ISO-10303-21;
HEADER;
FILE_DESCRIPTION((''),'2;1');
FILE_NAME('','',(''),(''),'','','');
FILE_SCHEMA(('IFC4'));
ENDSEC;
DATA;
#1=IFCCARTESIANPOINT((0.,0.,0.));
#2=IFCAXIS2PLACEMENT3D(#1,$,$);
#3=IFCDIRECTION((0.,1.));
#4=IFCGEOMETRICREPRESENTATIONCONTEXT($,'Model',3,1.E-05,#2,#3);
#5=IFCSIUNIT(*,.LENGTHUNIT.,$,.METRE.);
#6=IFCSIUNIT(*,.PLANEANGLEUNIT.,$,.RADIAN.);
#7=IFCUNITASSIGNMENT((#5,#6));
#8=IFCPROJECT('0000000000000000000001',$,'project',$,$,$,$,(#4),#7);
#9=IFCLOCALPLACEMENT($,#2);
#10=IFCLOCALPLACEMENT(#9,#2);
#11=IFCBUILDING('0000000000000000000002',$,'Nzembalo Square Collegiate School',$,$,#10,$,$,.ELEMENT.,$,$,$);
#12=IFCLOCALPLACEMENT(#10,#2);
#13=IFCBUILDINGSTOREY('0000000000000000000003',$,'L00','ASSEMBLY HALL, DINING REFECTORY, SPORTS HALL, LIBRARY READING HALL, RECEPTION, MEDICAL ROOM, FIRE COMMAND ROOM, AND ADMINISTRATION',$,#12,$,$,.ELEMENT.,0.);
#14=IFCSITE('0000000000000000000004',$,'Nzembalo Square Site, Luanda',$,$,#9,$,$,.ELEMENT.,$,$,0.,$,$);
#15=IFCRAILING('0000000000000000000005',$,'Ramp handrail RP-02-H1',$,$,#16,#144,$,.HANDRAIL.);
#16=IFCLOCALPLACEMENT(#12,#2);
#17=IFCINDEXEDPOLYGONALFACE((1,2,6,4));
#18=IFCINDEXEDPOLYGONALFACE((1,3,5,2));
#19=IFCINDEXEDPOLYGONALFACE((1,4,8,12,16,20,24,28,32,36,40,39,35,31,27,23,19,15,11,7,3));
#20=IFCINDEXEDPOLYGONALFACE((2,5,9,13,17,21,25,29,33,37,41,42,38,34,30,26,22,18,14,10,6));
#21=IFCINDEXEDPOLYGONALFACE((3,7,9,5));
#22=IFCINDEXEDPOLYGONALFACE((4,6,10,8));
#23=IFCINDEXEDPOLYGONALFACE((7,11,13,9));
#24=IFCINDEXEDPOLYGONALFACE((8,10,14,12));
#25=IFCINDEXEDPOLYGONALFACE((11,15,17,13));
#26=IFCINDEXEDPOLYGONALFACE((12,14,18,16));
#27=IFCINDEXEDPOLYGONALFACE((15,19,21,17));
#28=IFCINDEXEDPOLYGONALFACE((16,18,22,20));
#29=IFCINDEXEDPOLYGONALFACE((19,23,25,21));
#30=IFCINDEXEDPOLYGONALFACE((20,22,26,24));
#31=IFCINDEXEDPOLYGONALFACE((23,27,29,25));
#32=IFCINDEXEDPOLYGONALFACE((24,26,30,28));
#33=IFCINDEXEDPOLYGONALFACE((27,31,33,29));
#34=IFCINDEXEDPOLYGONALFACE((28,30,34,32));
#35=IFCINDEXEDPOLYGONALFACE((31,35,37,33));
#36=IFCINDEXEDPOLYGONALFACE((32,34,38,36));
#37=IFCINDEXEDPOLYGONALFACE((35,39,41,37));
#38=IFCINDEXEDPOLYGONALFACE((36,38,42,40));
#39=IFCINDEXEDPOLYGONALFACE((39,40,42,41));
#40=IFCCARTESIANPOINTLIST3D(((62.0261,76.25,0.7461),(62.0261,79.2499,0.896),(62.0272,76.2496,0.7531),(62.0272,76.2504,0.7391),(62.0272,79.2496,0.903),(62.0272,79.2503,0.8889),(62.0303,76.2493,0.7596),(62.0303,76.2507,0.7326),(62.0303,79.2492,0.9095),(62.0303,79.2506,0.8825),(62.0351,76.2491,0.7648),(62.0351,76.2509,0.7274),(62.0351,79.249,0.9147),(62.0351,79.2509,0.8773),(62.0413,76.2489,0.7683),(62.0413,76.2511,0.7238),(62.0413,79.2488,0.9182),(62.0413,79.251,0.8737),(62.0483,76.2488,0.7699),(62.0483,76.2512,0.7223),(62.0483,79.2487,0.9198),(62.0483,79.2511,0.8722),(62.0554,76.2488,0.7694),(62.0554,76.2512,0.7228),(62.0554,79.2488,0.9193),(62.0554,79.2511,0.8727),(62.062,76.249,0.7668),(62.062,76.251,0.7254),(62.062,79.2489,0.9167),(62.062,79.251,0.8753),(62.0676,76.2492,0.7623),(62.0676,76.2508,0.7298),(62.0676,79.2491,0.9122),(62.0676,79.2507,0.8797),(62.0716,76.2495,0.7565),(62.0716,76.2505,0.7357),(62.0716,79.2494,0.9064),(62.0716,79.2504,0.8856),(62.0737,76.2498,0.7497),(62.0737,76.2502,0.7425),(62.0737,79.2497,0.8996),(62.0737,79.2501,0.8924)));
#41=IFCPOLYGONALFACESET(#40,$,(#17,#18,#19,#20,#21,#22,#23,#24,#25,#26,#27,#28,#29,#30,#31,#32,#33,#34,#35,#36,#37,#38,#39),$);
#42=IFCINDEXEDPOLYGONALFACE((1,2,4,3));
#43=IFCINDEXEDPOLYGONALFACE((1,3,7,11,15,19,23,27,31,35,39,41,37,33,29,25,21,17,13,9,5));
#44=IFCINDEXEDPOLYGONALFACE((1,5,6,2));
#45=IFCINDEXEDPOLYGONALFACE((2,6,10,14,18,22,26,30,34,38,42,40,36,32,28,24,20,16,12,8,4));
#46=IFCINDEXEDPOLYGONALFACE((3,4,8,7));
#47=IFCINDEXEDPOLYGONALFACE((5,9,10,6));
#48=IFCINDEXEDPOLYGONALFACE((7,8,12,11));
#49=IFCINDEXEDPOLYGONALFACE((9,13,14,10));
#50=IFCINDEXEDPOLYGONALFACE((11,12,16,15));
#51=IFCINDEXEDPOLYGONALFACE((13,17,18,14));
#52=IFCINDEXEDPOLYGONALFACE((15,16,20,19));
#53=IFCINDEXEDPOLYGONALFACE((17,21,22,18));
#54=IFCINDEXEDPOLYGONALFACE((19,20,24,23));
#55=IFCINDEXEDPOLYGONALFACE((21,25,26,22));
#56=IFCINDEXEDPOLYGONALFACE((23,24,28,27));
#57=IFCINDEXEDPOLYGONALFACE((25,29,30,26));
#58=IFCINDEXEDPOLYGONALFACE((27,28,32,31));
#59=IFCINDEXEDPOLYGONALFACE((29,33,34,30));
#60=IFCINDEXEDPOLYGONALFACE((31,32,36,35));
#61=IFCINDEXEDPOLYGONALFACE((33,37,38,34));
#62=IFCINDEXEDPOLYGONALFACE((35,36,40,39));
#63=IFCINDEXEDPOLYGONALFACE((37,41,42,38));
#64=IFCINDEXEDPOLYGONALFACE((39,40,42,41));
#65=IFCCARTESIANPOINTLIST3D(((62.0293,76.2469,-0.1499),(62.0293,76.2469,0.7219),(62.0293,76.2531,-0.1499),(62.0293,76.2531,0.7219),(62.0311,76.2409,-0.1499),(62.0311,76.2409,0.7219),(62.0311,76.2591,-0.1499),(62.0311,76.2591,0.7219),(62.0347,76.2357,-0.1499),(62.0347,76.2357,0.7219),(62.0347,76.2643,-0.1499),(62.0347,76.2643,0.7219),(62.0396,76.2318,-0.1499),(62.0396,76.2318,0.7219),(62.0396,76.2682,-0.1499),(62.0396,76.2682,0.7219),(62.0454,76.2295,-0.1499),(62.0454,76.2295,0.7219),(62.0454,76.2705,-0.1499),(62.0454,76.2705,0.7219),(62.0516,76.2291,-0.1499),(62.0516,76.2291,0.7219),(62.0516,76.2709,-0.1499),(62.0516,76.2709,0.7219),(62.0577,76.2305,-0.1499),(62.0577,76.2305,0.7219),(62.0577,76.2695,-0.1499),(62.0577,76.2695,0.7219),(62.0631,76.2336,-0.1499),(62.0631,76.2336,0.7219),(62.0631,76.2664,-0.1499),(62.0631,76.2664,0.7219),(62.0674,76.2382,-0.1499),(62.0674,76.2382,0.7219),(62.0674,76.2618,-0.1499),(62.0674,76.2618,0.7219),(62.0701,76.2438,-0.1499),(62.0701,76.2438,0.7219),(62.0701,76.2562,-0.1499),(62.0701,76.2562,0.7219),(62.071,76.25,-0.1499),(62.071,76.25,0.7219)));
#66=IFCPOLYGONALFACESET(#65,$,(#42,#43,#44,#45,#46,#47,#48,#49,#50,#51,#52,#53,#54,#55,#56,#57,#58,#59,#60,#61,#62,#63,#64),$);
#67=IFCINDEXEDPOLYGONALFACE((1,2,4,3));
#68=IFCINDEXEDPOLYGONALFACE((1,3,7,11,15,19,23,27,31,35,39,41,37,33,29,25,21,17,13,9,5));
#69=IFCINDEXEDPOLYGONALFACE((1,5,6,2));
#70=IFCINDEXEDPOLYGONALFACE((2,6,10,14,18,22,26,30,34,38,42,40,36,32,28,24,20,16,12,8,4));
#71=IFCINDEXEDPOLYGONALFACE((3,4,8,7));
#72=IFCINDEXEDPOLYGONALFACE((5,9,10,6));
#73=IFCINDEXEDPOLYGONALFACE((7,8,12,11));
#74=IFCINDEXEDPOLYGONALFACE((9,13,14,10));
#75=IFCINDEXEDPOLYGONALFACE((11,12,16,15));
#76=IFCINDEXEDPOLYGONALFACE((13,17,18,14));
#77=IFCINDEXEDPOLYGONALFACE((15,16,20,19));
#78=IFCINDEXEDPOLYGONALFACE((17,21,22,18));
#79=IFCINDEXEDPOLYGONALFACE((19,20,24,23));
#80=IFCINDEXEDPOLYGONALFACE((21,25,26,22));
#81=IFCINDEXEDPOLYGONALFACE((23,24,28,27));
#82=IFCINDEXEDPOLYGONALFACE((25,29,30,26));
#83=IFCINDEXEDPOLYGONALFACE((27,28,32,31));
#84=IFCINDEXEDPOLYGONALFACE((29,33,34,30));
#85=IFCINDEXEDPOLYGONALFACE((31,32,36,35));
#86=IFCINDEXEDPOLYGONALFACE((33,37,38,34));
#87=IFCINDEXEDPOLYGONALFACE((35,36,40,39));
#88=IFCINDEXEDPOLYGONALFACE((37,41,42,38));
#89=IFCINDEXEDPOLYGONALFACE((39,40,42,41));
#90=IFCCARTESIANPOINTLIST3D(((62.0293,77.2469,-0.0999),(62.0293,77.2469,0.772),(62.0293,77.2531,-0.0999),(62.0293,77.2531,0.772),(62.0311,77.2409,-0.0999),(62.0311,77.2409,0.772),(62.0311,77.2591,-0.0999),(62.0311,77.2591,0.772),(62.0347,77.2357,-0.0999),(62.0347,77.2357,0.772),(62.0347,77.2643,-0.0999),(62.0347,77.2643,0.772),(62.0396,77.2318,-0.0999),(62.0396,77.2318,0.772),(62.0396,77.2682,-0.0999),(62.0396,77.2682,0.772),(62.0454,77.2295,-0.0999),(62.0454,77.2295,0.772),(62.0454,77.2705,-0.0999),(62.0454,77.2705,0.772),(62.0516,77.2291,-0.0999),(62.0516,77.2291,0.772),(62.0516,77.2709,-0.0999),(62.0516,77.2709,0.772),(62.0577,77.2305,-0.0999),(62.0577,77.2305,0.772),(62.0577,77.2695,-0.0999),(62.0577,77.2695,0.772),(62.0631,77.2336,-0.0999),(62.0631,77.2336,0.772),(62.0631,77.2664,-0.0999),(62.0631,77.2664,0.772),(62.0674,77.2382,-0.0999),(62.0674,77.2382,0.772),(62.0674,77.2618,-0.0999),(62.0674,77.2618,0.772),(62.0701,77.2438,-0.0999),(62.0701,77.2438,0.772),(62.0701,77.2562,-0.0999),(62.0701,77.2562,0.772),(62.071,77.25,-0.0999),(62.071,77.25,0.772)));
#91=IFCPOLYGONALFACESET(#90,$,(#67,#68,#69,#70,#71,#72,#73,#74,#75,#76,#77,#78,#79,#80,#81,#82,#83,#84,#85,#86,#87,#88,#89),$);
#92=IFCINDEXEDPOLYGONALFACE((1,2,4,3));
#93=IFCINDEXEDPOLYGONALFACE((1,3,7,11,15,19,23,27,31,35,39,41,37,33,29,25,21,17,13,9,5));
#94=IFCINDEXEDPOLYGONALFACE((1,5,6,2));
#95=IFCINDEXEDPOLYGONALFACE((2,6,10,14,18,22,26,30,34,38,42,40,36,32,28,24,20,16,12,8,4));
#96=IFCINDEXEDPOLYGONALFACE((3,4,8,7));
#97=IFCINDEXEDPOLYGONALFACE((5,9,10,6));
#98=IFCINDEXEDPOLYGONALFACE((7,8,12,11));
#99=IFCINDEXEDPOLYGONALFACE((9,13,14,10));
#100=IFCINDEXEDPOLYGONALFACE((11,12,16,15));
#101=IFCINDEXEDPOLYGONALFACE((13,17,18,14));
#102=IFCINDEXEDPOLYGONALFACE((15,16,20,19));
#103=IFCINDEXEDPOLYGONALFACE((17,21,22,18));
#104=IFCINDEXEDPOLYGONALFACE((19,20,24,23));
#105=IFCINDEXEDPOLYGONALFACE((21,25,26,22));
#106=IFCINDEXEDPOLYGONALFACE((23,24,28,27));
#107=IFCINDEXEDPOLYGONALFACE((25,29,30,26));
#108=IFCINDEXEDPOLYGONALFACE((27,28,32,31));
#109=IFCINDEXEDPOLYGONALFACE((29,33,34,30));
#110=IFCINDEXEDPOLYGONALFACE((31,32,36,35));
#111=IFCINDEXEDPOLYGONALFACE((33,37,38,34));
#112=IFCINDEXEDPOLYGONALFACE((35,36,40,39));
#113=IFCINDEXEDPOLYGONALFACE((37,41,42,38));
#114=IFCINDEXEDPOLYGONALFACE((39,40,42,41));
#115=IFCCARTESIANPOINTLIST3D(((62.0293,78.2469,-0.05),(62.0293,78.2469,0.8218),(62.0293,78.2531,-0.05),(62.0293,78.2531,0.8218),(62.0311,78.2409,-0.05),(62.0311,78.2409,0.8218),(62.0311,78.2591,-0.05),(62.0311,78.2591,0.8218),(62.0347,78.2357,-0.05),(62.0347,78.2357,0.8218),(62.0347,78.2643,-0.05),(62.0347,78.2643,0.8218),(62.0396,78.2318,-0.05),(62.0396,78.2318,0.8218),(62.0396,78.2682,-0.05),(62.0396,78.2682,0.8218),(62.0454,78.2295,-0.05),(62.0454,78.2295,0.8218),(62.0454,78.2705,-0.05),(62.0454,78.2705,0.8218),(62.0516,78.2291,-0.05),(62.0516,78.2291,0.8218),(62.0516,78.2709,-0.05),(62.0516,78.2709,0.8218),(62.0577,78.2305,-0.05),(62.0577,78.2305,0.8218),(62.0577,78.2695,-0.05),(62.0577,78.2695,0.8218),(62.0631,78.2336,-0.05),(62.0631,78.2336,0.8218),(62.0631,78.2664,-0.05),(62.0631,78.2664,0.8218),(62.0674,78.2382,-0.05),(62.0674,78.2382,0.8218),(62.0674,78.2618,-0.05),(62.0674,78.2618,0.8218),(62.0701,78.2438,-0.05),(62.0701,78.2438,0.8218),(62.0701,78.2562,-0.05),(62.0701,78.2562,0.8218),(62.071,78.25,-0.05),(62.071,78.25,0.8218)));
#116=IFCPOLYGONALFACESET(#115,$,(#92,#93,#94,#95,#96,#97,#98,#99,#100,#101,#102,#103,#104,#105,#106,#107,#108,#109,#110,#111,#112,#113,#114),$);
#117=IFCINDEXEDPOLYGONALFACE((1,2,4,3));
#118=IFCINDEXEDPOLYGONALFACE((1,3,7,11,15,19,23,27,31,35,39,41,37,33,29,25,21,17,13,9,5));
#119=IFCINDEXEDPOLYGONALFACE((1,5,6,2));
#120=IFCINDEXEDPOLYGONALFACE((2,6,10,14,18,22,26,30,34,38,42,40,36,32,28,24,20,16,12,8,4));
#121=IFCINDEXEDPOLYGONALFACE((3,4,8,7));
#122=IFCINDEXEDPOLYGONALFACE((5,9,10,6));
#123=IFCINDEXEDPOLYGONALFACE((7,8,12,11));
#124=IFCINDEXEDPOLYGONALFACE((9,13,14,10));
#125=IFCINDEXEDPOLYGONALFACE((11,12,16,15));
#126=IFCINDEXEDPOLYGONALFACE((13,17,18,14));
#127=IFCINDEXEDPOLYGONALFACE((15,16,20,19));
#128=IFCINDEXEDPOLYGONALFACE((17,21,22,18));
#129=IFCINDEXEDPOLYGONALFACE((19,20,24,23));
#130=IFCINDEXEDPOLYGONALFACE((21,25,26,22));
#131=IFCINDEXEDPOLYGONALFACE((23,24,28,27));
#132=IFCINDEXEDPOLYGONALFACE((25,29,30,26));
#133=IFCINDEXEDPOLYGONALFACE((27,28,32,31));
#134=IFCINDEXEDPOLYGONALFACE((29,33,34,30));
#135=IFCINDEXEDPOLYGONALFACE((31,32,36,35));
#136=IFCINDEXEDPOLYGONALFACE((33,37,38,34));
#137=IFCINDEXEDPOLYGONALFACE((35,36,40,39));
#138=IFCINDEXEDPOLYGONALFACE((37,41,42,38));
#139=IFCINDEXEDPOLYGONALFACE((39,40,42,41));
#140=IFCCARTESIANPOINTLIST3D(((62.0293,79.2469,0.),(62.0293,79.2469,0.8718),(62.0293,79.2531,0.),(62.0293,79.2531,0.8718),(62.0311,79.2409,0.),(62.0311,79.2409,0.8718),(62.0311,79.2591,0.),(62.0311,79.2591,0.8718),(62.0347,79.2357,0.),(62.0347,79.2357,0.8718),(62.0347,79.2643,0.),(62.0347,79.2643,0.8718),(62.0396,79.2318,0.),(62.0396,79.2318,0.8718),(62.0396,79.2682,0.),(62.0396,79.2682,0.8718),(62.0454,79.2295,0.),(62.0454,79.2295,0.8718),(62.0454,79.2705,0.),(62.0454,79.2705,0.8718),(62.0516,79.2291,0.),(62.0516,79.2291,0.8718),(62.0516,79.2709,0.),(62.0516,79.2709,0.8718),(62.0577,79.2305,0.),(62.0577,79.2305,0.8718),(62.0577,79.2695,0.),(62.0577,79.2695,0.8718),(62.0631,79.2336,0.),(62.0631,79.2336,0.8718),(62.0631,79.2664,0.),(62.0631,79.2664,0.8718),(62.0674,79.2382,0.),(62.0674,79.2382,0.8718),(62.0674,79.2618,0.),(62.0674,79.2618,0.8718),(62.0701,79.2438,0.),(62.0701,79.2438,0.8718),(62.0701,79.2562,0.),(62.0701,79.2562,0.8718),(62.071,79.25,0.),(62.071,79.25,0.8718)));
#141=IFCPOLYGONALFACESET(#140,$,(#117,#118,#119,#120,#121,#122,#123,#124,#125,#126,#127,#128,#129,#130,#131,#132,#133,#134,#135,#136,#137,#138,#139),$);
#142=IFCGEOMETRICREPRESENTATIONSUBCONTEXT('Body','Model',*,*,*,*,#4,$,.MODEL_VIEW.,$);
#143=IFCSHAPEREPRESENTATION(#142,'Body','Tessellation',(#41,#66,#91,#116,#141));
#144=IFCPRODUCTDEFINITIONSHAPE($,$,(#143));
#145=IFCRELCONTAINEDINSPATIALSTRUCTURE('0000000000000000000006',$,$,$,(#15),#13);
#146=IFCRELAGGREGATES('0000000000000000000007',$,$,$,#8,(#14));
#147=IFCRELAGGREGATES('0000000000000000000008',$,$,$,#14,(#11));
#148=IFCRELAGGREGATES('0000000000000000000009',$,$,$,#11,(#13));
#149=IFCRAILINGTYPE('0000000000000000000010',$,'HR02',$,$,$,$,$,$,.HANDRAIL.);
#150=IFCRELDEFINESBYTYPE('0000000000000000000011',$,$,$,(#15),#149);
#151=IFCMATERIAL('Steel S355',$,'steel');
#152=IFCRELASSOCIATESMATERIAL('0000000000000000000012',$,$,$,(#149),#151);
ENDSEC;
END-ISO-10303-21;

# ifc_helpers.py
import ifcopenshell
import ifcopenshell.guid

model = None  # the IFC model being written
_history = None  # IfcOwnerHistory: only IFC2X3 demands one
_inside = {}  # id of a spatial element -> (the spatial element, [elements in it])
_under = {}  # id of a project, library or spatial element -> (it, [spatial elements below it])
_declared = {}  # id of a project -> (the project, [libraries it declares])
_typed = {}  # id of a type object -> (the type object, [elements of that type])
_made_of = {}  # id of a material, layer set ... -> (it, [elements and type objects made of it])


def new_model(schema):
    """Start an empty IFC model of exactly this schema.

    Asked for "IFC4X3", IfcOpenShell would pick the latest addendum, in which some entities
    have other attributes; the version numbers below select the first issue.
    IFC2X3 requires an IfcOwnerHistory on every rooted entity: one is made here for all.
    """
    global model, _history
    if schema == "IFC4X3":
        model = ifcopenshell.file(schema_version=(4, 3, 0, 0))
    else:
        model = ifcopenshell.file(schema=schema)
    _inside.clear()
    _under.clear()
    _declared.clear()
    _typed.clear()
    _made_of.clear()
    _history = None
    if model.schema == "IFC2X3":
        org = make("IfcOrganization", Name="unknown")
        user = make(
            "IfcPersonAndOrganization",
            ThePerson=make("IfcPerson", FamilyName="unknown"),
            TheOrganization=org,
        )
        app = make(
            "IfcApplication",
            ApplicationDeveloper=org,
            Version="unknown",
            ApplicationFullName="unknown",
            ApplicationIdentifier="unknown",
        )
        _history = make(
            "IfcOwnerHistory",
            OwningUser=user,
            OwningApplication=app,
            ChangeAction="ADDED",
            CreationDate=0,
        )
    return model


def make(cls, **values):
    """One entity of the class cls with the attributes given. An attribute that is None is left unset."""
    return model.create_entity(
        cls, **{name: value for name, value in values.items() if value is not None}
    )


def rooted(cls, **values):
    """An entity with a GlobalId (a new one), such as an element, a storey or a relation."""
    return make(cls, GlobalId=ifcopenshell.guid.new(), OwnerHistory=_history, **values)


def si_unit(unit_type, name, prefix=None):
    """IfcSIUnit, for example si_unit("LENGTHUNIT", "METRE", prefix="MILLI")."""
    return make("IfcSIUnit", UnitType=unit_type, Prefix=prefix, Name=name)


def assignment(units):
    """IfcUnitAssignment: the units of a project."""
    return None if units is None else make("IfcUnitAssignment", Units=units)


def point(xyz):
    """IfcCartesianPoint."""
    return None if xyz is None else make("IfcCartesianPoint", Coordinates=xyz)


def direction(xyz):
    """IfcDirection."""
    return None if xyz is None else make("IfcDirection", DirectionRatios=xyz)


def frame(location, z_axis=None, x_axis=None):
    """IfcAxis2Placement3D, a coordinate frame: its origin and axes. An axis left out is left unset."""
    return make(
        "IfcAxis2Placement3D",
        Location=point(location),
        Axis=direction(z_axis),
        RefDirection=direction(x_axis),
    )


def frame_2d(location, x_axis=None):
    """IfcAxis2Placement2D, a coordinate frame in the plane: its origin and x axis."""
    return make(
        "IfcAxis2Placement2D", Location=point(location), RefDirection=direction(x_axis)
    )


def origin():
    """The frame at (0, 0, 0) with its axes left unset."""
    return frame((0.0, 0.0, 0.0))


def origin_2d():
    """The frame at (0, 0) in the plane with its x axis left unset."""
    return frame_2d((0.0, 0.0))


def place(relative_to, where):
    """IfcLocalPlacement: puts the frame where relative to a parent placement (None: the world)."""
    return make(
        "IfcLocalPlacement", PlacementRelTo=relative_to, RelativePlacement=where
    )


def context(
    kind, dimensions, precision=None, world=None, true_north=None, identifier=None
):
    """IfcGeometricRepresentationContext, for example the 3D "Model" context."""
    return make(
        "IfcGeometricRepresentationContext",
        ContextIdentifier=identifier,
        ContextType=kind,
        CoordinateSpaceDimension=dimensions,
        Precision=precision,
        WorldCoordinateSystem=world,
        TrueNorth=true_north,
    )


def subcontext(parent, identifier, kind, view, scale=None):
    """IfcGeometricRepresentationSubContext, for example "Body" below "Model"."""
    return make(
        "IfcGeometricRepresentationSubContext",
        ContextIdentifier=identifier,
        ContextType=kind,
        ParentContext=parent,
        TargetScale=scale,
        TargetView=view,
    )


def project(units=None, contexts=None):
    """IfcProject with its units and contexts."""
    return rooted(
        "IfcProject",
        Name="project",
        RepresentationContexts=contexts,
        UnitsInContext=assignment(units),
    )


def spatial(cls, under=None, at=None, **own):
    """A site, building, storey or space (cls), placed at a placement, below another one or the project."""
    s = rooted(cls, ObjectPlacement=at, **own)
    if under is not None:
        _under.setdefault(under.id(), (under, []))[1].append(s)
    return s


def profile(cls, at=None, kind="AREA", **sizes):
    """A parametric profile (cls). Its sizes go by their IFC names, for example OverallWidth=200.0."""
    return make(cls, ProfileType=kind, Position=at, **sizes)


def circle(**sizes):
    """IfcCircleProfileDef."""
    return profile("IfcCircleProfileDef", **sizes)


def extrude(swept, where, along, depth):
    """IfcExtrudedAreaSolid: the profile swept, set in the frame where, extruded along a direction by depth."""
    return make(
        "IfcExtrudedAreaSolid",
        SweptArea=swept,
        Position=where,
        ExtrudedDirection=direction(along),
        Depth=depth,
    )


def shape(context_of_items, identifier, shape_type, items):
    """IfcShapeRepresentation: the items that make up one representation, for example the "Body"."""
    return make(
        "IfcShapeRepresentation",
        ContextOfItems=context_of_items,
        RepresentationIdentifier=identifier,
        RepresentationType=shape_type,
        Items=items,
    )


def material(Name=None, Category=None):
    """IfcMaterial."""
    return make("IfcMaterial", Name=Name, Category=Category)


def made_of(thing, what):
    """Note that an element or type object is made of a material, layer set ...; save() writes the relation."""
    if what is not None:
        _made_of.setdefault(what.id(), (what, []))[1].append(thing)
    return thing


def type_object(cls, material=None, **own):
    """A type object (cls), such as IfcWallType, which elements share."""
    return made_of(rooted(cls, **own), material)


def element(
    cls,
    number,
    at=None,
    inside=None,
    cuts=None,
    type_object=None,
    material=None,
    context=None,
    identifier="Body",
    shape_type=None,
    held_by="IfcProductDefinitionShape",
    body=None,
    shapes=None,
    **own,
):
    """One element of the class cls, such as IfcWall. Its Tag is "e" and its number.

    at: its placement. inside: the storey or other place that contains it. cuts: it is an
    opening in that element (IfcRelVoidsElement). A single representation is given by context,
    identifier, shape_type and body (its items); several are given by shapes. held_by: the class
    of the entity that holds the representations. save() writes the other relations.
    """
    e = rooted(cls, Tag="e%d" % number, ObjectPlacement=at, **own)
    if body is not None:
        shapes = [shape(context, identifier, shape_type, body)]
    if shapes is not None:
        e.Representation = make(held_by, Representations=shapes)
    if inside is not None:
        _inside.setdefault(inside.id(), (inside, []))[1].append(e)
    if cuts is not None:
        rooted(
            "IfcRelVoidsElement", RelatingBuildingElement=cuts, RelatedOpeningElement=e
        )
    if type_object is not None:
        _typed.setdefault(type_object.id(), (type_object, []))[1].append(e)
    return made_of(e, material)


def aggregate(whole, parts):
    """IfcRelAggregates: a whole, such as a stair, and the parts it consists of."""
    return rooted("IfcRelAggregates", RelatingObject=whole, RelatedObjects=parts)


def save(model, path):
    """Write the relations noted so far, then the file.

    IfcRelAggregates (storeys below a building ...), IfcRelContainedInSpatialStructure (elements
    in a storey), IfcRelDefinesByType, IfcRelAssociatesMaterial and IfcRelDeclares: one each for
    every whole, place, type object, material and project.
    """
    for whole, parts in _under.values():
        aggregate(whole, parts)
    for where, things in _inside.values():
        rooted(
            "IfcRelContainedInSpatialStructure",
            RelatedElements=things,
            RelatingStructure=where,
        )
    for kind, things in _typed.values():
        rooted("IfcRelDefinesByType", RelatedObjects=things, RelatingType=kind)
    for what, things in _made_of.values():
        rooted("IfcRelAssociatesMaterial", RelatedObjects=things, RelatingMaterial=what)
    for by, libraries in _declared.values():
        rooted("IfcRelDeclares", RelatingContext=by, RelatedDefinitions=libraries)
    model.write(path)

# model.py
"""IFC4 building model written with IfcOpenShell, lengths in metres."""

from ifc_helpers import new_model, si_unit, direction, frame, origin, origin_2d, place, context, subcontext, project, spatial, circle, extrude, material, type_object, element, save


model = new_model("IFC4")

# Units and contexts
model_context = context("Model", 3, precision=1e-05, world=origin(), true_north=direction((0.0, 1.0)))
body_context = subcontext(model_context, "Body", "Model", "MODEL_VIEW")
ifc_project = project(units=[si_unit("LENGTHUNIT", "METRE"), si_unit("PLANEANGLEUNIT", "RADIAN")], contexts=[model_context])

# Site, building, storey
site_placement = place(None, origin())
site = spatial("IfcSite", under=ifc_project, at=site_placement, Name="Nzembalo Square Site, Luanda", CompositionType="ELEMENT", RefElevation=0.0)
building_placement = place(site_placement, origin())
building = spatial("IfcBuilding", under=site, at=building_placement, Name="Nzembalo Square Collegiate School", CompositionType="ELEMENT")
storey_placement = place(building_placement, origin())
storey = spatial("IfcBuildingStorey", under=building, at=storey_placement, Name="L00", Description="ASSEMBLY HALL, DINING REFECTORY, SPORTS HALL, LIBRARY READING HALL, RECEPTION, MEDICAL ROOM, FIRE COMMAND ROOM, AND ADMINISTRATION", CompositionType="ELEMENT", Elevation=0.0)

# Railing
ifc_material_1 = material(Name="Steel S355", Category="steel")
railing_type = type_object("IfcRailingType", Name="HR02", PredefinedType="HANDRAIL", material=ifc_material_1)
for number, where, name in (
    (1, (62.05, 76.25, -0.1499), "Ramp handrail RP-02-H1"),
):
    element("IfcRailing", number, at=place(storey_placement, frame(where)), inside=storey, type_object=railing_type, Name=name, PredefinedType="HANDRAIL", context=body_context, shape_type="SweptSolid", body=[
        extrude(circle(Radius=0.0239, at=origin_2d()), frame((0.0, 0.0, 0.896), z_axis=(0.0, 0.998754, 0.049905), x_axis=(-1.0, 0.0, 0.0)), (0.0, 0.0, 1.0), 3.0037),
        extrude(circle(Radius=0.021, at=origin_2d()), origin(), (0.0, 0.0, 1.0), 0.8718),
        extrude(circle(Radius=0.021, at=origin_2d()), frame((0.0, 1.0, 0.05)), (0.0, 0.0, 1.0), 0.8718),
        extrude(circle(Radius=0.021, at=origin_2d()), frame((0.0, 2.0, 0.0999)), (0.0, 0.0, 1.0), 0.8718),
        extrude(circle(Radius=0.021, at=origin_2d()), frame((0.0, 3.0, 0.1499)), (0.0, 0.0, 1.0), 0.8718),
    ])

save(model, "model.ifc")
